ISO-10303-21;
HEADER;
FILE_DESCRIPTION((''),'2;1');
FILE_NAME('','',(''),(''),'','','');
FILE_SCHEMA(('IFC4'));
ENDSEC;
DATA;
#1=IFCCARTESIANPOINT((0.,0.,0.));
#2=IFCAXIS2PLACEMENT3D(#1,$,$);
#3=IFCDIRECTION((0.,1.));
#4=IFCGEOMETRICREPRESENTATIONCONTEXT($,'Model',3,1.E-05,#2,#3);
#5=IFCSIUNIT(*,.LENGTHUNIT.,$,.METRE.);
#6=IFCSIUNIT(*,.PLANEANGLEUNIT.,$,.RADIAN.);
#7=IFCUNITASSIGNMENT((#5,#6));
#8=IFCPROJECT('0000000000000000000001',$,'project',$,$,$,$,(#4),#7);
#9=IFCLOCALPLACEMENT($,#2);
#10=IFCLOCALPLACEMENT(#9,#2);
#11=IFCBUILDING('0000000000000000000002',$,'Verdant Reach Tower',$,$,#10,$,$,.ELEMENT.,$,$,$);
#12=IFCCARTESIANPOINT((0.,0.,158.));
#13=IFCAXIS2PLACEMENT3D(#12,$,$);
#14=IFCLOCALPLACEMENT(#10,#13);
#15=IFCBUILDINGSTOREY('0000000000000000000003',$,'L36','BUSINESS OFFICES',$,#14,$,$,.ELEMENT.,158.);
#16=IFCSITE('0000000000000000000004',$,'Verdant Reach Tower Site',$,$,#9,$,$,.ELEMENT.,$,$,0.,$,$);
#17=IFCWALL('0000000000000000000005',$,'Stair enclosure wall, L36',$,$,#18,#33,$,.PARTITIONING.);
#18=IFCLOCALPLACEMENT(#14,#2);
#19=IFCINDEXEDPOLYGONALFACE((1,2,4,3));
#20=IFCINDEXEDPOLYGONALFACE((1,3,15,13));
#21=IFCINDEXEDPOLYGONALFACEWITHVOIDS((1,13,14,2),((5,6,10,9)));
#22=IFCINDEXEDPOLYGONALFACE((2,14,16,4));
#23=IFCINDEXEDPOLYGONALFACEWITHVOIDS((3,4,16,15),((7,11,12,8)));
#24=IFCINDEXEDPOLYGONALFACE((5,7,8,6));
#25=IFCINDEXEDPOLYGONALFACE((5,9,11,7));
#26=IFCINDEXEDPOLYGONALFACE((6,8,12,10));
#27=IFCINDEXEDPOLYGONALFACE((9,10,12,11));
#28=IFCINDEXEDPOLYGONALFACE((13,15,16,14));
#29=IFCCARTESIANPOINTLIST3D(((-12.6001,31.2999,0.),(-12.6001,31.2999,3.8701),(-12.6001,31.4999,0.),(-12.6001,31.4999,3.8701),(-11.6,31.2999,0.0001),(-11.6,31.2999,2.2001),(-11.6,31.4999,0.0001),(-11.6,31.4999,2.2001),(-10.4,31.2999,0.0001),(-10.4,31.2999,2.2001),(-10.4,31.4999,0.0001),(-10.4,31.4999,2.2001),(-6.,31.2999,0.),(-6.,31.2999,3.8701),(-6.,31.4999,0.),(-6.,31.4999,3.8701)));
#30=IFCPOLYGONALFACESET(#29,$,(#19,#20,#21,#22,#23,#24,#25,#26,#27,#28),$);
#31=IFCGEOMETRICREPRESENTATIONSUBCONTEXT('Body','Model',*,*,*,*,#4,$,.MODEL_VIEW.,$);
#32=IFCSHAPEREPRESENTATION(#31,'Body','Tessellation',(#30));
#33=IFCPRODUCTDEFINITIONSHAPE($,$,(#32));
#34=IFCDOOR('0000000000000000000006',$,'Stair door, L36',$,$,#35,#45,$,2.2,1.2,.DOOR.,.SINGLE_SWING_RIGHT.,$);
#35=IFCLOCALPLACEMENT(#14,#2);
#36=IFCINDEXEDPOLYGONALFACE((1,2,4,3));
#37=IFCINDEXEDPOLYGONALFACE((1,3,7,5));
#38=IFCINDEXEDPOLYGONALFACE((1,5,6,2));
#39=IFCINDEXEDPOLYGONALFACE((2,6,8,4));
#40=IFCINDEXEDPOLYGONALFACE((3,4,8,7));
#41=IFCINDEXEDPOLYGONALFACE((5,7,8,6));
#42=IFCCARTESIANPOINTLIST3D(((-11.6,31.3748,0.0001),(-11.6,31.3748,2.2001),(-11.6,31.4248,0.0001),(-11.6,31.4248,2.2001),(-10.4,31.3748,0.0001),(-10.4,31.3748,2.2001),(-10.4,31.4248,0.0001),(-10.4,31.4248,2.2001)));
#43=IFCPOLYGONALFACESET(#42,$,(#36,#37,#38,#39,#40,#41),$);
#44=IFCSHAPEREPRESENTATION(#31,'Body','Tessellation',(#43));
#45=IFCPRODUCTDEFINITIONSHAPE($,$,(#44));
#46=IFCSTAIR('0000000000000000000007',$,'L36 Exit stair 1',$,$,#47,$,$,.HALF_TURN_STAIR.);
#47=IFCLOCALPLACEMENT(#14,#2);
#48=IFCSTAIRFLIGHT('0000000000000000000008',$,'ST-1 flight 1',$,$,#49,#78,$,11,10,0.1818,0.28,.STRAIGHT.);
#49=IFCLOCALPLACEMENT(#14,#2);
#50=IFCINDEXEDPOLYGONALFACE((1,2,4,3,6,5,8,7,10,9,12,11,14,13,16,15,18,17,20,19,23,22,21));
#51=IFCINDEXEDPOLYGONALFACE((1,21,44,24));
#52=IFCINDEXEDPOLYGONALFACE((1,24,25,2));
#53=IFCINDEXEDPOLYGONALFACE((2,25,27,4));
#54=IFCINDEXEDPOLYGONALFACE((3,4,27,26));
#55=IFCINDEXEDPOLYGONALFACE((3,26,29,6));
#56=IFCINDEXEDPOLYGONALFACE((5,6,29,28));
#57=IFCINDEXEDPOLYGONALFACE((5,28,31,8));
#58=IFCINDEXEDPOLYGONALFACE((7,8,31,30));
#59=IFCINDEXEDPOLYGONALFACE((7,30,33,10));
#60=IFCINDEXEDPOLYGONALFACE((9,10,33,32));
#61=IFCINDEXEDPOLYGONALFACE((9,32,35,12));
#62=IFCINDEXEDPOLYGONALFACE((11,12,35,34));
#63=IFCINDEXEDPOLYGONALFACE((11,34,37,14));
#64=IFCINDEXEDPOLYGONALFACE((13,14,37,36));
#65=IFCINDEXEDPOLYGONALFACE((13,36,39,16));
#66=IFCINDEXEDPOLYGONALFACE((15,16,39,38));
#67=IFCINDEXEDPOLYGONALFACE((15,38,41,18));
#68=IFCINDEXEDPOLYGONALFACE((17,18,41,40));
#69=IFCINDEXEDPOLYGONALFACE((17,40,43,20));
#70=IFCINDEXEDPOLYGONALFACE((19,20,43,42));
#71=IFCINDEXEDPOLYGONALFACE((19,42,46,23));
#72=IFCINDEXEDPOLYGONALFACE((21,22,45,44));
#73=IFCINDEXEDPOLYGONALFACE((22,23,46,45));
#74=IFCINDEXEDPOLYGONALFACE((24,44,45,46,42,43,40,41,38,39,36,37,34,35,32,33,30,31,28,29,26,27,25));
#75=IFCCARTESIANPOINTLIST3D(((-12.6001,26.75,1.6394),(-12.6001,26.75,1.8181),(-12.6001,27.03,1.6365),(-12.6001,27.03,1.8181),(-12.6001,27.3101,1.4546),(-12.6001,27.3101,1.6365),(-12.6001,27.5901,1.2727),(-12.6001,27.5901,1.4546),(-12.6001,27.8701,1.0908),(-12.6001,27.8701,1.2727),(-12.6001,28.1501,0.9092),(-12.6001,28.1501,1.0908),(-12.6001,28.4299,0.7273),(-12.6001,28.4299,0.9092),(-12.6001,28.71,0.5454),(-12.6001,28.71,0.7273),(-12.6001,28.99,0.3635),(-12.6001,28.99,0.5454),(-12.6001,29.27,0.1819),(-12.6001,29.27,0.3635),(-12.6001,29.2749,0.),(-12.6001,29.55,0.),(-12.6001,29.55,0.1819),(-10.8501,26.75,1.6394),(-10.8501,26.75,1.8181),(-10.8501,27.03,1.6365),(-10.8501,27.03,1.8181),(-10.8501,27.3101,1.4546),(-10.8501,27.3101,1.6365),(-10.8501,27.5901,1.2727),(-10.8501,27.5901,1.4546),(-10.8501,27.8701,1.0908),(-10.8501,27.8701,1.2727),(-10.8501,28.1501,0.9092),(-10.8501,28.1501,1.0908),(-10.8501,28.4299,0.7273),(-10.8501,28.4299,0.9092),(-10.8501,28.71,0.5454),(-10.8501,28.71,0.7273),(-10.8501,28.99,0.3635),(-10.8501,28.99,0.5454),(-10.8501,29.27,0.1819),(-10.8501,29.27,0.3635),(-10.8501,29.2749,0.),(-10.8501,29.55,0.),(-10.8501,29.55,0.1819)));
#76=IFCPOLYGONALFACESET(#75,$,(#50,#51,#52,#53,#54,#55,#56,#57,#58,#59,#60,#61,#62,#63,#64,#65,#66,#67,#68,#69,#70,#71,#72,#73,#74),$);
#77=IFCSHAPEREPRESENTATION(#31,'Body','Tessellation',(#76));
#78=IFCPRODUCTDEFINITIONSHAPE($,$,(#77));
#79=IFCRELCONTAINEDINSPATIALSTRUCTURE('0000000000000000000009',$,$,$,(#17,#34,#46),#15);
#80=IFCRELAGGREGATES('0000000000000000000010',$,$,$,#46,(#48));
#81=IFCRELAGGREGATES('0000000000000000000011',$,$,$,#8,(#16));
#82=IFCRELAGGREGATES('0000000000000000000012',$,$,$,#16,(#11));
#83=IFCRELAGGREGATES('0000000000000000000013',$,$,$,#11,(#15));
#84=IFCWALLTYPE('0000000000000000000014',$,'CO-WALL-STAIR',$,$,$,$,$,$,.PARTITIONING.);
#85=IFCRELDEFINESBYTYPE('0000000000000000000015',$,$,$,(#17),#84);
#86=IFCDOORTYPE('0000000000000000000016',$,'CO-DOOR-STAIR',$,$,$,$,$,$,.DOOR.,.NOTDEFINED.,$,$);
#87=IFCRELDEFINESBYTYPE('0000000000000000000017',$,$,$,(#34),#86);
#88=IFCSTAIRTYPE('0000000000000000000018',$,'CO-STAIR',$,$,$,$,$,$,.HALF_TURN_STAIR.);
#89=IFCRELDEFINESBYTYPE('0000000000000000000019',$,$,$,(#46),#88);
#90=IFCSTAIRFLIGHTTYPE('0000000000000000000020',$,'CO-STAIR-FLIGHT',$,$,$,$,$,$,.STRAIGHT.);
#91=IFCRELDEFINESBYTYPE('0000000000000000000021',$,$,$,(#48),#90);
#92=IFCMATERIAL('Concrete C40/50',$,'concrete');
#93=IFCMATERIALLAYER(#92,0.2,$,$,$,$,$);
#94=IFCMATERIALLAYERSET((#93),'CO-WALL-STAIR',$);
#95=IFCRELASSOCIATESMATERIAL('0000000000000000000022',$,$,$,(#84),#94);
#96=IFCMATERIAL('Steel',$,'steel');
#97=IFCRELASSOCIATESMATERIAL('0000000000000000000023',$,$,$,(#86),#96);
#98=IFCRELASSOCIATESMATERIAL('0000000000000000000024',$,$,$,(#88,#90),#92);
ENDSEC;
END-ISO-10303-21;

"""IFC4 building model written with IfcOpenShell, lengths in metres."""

from ifc_helpers import new_model, si_unit, direction, frame, frame_2d, origin, place, context, subcontext, project, spatial, polyline, rectangle, outline, extrude, material, layer, layer_set, type_object, element, fill, aggregate, save


model = new_model("IFC4")

# Units and contexts
model_context = context("Model", 3, precision=1e-05, world=origin(), true_north=direction((0.0, 1.0)))
body_context = subcontext(model_context, "Body", "Model", "MODEL_VIEW")
ifc_project = project(units=[si_unit("LENGTHUNIT", "METRE"), si_unit("PLANEANGLEUNIT", "RADIAN")], contexts=[model_context])

# Site, building, storey
site_placement = place(None, origin())
site = spatial("IfcSite", under=ifc_project, at=site_placement, Name="Verdant Reach Tower Site", CompositionType="ELEMENT", RefElevation=0.0)
building_placement = place(site_placement, origin())
building = spatial("IfcBuilding", under=site, at=building_placement, Name="Verdant Reach Tower", CompositionType="ELEMENT")
storey_placement = place(building_placement, frame((0.0, 0.0, 158.0)))
storey = spatial("IfcBuildingStorey", under=building, at=storey_placement, Name="L36", Description="BUSINESS OFFICES", CompositionType="ELEMENT", Elevation=158.0)

# Shared definitions
ifc_material_1 = material(Name="Concrete C40/50", Category="concrete")

# Shared definitions
ifc_material_2 = material(Name="Steel", Category="steel")

# Wall, opening, door
ifc_layer_1 = layer(ifc_material_1, 0.2)
ifc_layer_set_1 = layer_set([ifc_layer_1], Name="CO-WALL-STAIR")
wall_type_1 = type_object("IfcWallType", Name="CO-WALL-STAIR", PredefinedType="PARTITIONING", material=ifc_layer_set_1)
wall_1_placement = place(storey_placement, frame((-12.6001, 31.3999, 0.0), z_axis=(0.0, 0.0, 1.0), x_axis=(1.0, 0.0, 0.0)))
wall_1 = element("IfcWall", 1, at=wall_1_placement, inside=storey, type_object=wall_type_1, Name="Stair enclosure wall, L36", PredefinedType="PARTITIONING", context=body_context, shape_type="SweptSolid", body=[
    extrude(rectangle(XDim=6.6001, YDim=0.2, at=frame_2d((3.3, 0.0))), origin(), (0.0, 0.0, 1.0), 3.8701),
])
opening_1_placement = place(wall_1_placement, frame((1.0, 0.0, 0.0)))
opening_1 = element("IfcOpeningElement", 2, at=opening_1_placement, cuts=wall_1, PredefinedType="OPENING", context=body_context, shape_type="SweptSolid", body=[
    extrude(rectangle(XDim=1.2, YDim=2.2, at=frame_2d((0.6001, 1.1001))), frame((0.0, 0.1099, 0.0), z_axis=(0.0, -1.0, 0.0), x_axis=(1.0, 0.0, 0.0)), (0.0, 0.0, 1.0), 0.22),
])
door_type_1 = type_object("IfcDoorType", Name="CO-DOOR-STAIR", OperationType="NOTDEFINED", PredefinedType="DOOR", material=ifc_material_2)
door_1_placement = place(opening_1_placement, origin())
door_1 = element("IfcDoor", 3, at=door_1_placement, inside=storey, type_object=door_type_1, Name="Stair door, L36", OperationType="SINGLE_SWING_RIGHT", OverallHeight=2.2, OverallWidth=1.2, PredefinedType="DOOR", context=body_context, shape_type="SweptSolid", body=[
    extrude(rectangle(XDim=1.2, YDim=2.2, at=frame_2d((0.6001, 1.1001))), frame((0.0, 0.0249, 0.0), z_axis=(0.0, -1.0, 0.0), x_axis=(1.0, 0.0, 0.0)), (0.0, 0.0, 1.0), 0.05),
])
fill(opening_1, door_1)

# Stair, stair flight
stair_type = type_object("IfcStairType", Name="CO-STAIR", PredefinedType="HALF_TURN_STAIR", material=ifc_material_1)
stair_placement = place(storey_placement, origin())
stair = element("IfcStair", 4, at=stair_placement, inside=storey, type_object=stair_type, Name="L36 Exit stair 1", PredefinedType="HALF_TURN_STAIR")
stair_flight_type = type_object("IfcStairFlightType", Name="CO-STAIR-FLIGHT", PredefinedType="STRAIGHT", material=ifc_material_1)
stair_flight_placement = place(storey_placement, frame((-11.7251, 29.55, 0.0), z_axis=(0.0, 0.0, 1.0), x_axis=(0.0, -1.0, 0.0)))
stair_flight = element("IfcStairFlight", 5, at=stair_flight_placement, type_object=stair_flight_type, Name="ST-1 flight 1", NumberOfRisers=11, NumberOfTreads=10, PredefinedType="STRAIGHT", RiserHeight=0.1818, TreadLength=0.28, context=body_context, shape_type="SweptSolid", body=[
    extrude(outline(polyline([(0.0, 0.0), (0.0, 0.1819), (0.28, 0.1819), (0.28, 0.3635), (0.5601, 0.3635), (0.5601, 0.5454), (0.8401, 0.5454), (0.8401, 0.7273), (1.1201, 0.7273), (1.1201, 0.9092), (1.3999, 0.9092), (1.3999, 1.0908), (1.6799, 1.0908), (1.6799, 1.2727), (1.96, 1.2727), (1.96, 1.4546), (2.24, 1.4546), (2.24, 1.6365), (2.52, 1.6365), (2.52, 1.8181), (2.8, 1.8181), (2.8, 2.0), (2.8, 1.6394), (0.2751, 0.0), (0.0, 0.0)])), frame((0.0, 0.875, 0.0), z_axis=(0.0, -1.0, 0.0), x_axis=(1.0, 0.0, 0.0)), (0.0, 0.0, 1.0), 1.75),
])
aggregate(stair, [stair_flight])

save(model, "model.ifc")
